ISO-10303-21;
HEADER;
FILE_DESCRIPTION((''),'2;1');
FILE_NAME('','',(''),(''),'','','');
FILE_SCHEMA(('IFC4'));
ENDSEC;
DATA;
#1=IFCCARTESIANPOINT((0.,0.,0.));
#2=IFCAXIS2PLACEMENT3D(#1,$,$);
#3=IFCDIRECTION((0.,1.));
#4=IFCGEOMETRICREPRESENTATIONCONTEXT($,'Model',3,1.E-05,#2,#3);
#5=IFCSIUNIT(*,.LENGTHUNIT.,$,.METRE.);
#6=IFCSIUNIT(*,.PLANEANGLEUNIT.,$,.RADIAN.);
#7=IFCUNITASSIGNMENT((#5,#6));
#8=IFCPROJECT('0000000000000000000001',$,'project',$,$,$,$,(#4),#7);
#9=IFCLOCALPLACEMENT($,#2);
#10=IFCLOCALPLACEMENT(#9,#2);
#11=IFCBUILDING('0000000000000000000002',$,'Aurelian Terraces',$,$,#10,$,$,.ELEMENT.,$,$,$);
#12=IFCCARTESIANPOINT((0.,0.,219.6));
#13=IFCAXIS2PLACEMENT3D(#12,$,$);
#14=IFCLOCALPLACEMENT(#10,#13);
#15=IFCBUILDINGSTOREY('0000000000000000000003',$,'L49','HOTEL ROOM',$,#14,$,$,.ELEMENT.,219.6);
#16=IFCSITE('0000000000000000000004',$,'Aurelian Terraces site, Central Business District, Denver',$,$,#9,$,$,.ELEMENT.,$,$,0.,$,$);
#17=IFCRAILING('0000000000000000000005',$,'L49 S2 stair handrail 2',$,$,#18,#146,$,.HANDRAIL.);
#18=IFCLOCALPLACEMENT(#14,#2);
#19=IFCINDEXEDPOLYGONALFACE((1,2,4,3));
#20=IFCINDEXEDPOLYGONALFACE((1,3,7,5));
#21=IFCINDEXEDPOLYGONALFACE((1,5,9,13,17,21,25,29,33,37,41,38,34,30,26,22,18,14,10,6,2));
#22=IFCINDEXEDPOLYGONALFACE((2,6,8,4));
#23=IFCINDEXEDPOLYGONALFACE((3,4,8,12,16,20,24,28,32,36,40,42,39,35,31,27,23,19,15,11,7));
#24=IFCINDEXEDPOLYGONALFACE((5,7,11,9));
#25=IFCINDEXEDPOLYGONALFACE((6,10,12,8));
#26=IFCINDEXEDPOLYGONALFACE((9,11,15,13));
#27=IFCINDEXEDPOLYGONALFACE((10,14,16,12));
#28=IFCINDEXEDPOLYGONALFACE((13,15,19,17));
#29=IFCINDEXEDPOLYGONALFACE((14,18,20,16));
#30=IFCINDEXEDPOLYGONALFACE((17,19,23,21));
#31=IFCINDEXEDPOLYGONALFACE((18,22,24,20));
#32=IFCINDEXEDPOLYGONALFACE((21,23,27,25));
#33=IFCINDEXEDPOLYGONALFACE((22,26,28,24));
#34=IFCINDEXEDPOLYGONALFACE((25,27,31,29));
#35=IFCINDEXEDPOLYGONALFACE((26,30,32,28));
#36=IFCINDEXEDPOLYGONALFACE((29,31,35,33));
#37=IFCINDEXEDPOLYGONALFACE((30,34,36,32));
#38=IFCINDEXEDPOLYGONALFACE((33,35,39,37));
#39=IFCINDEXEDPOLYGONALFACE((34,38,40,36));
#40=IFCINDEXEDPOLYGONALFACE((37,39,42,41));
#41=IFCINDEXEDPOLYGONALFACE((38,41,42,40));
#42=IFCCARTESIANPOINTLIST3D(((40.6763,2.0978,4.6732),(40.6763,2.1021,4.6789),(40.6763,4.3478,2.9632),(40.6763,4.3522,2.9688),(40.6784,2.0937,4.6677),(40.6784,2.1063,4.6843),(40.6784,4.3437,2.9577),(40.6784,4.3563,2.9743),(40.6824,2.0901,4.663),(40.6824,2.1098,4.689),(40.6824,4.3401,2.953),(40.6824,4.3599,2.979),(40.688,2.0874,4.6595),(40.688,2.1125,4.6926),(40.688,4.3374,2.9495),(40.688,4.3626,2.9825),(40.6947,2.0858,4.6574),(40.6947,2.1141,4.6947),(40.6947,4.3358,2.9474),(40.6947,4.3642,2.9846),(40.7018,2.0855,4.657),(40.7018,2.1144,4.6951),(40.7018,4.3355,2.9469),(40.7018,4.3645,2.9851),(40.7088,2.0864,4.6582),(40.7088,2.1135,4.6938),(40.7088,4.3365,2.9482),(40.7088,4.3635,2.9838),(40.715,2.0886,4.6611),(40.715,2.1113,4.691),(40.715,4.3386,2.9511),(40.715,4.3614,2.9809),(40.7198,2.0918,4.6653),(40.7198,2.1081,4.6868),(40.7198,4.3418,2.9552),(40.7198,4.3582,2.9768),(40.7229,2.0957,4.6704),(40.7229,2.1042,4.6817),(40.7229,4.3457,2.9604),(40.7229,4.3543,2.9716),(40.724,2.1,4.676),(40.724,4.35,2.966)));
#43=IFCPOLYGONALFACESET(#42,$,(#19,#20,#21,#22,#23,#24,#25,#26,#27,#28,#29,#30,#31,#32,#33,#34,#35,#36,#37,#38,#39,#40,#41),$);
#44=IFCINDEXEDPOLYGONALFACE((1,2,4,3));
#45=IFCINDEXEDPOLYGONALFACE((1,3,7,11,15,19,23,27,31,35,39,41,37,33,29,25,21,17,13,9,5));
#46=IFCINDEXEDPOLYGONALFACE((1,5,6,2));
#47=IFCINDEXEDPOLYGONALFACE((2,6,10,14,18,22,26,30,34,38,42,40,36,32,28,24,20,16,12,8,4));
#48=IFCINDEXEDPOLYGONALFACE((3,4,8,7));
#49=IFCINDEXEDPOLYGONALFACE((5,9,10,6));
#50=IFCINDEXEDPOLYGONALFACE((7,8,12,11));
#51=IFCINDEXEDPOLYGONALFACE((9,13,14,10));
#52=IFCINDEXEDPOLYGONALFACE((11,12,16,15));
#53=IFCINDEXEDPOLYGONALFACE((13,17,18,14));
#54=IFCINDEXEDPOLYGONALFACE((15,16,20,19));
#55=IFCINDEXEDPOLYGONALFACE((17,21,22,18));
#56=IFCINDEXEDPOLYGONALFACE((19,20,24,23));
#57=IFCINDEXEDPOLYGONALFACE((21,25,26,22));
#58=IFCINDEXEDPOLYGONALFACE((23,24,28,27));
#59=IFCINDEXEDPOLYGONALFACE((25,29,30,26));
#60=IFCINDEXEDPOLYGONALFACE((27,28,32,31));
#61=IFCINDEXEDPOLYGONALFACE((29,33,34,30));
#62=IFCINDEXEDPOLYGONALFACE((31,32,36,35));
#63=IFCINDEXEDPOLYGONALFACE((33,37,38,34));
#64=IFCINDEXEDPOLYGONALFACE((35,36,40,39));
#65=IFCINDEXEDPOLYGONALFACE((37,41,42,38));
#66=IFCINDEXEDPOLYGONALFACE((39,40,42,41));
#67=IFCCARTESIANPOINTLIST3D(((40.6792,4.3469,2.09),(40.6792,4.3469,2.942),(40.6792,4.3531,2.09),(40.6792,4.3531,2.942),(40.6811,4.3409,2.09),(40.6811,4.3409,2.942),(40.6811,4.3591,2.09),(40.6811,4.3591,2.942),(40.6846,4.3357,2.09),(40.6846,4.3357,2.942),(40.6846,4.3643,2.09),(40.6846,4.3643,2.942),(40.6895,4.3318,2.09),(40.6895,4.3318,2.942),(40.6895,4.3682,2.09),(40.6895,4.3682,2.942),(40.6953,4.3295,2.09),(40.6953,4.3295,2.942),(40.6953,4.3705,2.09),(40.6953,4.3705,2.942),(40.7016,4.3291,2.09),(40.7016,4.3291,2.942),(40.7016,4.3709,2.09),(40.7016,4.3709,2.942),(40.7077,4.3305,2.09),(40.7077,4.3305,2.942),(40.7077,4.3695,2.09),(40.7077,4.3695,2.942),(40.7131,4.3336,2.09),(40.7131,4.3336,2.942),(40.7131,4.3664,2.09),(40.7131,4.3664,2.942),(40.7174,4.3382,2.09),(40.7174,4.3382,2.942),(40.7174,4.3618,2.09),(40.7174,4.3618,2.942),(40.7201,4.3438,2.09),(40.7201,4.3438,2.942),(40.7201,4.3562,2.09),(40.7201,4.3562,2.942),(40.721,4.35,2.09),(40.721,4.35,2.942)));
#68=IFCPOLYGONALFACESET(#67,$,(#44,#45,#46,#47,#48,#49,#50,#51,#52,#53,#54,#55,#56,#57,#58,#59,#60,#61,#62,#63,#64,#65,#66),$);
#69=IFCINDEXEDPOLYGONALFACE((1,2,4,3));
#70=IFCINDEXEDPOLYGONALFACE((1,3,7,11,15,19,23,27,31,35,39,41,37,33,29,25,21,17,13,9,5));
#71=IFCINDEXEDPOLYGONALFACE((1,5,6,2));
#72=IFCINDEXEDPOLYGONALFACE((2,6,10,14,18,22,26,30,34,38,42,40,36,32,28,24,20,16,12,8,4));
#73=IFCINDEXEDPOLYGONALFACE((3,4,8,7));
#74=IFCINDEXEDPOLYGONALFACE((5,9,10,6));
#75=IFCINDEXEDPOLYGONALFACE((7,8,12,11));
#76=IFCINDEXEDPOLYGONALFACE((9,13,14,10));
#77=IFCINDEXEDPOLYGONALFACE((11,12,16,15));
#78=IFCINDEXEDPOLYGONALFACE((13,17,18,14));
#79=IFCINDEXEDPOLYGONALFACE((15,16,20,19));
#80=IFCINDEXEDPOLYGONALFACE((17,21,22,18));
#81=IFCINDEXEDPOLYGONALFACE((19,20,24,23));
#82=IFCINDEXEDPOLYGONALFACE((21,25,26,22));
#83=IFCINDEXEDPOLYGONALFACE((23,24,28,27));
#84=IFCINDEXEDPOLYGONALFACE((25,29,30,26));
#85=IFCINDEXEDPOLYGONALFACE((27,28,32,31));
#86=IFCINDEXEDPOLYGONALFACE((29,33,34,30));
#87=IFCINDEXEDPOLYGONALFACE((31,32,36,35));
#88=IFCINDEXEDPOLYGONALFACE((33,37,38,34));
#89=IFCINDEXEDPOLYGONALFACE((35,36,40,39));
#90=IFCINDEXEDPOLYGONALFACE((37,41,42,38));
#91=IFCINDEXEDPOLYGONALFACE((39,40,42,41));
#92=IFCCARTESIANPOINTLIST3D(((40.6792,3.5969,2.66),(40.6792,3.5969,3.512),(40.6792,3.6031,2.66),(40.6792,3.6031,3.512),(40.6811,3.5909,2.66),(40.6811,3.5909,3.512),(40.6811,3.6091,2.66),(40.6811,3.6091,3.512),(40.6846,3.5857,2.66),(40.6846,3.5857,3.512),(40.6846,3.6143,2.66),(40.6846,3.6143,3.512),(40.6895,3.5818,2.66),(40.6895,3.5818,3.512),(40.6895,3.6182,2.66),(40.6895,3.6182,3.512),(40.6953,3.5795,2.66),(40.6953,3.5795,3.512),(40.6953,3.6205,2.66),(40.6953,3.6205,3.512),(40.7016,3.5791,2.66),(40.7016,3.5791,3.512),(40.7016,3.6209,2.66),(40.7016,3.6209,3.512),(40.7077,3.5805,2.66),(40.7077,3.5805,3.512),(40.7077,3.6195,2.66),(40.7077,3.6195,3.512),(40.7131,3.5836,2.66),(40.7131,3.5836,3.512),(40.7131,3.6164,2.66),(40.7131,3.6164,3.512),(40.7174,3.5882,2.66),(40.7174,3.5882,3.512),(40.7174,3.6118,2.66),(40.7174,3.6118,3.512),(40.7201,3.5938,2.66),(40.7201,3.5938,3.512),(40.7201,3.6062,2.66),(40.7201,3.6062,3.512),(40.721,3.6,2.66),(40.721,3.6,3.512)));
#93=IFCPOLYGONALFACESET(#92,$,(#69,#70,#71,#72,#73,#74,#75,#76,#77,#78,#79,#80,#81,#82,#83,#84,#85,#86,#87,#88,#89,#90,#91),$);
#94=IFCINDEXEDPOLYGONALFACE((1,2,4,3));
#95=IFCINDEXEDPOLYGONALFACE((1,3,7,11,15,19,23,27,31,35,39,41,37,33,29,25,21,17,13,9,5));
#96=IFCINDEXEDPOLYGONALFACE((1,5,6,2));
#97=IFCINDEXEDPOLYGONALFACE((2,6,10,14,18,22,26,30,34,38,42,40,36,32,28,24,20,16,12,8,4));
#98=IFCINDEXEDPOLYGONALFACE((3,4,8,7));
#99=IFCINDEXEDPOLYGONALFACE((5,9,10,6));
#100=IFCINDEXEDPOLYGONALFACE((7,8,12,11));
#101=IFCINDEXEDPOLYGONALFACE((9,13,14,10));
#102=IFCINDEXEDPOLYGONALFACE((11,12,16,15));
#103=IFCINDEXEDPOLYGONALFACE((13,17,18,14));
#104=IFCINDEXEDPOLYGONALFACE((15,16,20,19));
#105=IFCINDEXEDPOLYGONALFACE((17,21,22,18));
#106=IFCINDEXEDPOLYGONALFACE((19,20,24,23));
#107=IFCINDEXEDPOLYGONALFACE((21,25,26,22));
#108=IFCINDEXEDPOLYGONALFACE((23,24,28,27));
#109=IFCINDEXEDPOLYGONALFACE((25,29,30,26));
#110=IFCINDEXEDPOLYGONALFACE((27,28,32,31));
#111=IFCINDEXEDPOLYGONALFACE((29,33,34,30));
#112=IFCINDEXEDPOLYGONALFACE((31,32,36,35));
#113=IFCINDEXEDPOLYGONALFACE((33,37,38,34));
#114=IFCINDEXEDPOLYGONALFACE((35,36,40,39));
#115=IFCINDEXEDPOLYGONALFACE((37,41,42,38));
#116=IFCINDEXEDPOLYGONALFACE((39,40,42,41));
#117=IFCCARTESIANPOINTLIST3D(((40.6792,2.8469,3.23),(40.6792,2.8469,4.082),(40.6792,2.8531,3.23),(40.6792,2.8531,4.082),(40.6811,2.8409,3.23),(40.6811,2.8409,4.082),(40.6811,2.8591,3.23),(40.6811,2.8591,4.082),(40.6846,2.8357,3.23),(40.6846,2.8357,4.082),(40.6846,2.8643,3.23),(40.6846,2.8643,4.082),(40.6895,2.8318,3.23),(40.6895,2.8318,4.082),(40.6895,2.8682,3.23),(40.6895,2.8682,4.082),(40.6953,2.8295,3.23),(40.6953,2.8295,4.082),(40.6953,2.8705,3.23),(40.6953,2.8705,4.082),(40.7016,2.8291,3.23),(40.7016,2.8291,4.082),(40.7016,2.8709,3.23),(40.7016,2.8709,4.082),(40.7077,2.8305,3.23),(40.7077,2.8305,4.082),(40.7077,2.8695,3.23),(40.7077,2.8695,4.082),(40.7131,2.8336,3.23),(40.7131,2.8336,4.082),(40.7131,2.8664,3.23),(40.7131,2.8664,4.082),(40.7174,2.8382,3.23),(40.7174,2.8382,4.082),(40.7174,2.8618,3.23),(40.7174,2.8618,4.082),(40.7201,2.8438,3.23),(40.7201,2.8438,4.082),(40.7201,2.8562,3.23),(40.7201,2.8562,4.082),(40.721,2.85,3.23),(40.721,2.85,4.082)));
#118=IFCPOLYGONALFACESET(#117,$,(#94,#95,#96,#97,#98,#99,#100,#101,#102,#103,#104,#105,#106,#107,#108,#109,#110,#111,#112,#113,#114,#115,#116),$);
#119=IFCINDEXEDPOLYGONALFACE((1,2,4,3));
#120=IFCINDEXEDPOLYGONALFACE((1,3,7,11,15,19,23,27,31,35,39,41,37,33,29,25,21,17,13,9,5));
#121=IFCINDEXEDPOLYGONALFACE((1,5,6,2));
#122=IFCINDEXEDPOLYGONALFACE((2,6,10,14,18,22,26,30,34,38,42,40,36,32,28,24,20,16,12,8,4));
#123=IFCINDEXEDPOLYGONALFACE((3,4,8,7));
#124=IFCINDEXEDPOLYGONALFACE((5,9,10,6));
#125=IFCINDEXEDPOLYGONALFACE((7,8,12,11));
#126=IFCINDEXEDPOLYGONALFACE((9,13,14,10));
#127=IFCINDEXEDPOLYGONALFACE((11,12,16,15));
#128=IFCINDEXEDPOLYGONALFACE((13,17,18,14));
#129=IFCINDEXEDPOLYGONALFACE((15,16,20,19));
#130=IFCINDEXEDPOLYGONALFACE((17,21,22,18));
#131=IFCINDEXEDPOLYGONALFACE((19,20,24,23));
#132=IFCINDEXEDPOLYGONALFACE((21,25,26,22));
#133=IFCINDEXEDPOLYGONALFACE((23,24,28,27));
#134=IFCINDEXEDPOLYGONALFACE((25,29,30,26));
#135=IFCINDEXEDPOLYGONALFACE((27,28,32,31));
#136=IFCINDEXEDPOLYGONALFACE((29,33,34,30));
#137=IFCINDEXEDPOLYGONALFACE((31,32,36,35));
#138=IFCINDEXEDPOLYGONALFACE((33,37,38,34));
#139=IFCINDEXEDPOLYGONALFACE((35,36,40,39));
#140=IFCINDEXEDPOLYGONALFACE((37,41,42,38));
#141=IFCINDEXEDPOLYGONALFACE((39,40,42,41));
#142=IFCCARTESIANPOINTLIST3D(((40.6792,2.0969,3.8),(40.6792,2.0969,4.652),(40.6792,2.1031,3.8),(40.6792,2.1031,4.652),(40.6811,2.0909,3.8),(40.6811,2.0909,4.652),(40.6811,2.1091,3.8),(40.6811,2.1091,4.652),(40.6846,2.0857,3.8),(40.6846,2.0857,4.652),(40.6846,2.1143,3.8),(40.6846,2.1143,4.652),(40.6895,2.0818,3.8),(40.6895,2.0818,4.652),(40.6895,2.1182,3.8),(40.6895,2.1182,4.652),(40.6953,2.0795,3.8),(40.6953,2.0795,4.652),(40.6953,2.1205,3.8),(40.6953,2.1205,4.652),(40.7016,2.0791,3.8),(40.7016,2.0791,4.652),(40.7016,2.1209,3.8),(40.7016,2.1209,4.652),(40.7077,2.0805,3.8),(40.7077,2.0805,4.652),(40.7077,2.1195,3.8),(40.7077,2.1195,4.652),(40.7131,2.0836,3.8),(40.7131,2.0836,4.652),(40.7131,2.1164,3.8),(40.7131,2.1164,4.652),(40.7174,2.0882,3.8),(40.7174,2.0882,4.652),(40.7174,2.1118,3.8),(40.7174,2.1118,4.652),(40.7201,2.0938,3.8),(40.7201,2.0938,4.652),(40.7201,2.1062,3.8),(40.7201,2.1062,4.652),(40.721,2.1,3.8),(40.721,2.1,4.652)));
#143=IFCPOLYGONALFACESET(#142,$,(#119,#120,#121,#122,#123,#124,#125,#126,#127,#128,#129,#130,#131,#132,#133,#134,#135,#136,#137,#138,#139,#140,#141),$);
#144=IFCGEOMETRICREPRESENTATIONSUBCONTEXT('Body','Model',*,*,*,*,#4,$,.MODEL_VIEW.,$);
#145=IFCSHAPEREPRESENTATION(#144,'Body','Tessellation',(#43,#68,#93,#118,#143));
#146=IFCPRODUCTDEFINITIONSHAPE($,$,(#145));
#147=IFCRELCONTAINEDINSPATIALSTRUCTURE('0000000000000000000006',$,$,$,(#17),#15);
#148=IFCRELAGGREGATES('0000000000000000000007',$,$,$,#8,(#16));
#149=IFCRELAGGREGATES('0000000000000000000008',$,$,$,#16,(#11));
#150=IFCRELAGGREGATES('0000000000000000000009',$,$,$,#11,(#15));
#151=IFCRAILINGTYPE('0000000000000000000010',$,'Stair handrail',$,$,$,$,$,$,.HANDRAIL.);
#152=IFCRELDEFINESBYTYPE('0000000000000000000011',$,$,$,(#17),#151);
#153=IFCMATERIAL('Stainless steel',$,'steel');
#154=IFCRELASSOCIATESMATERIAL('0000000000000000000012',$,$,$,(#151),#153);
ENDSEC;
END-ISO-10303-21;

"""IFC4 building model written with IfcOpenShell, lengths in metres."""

from ifc_helpers import new_model, si_unit, direction, frame, origin, origin_2d, place, context, subcontext, project, spatial, circle, extrude, source, transform, mapped, material, type_object, element, save


model = new_model("IFC4")

# Units and contexts
model_context = context("Model", 3, precision=1e-05, world=origin(), true_north=direction((0.0, 1.0)))
body_context = subcontext(model_context, "Body", "Model", "MODEL_VIEW")
ifc_project = project(units=[si_unit("LENGTHUNIT", "METRE"), si_unit("PLANEANGLEUNIT", "RADIAN")], contexts=[model_context])

# Site, building, storey
site_placement = place(None, origin())
site = spatial("IfcSite", under=ifc_project, at=site_placement, Name="Aurelian Terraces site, Central Business District, Denver", CompositionType="ELEMENT", RefElevation=0.0)
building_placement = place(site_placement, origin())
building = spatial("IfcBuilding", under=site, at=building_placement, Name="Aurelian Terraces", CompositionType="ELEMENT")
storey_placement = place(building_placement, frame((0.0, 0.0, 219.6)))
storey = spatial("IfcBuildingStorey", under=building, at=storey_placement, Name="L49", Description="HOTEL ROOM", CompositionType="ELEMENT", Elevation=219.6)

# Railing
ifc_material_1 = material(Name="Stainless steel", Category="steel")
railing_type_1 = type_object("IfcRailingType", Name="Stair handrail", PredefinedType="HANDRAIL", material=ifc_material_1)
shared_shape_1 = source(origin(), body_context, "Body", "SweptSolid", [
    extrude(circle(Radius=0.024, at=origin_2d()), frame((0.0, 0.0, 0.876), z_axis=(0.0, -0.796162, 0.605083), x_axis=(1.0, 0.0, 0.0)), (0.0, 0.0, 1.0), 2.8261),
    extrude(circle(Radius=0.021, at=origin_2d()), origin(), (0.0, 0.0, 1.0), 0.852),
    extrude(circle(Radius=0.021, at=origin_2d()), frame((0.0, -0.75, 0.57)), (0.0, 0.0, 1.0), 0.852),
    extrude(circle(Radius=0.021, at=origin_2d()), frame((0.0, -1.5, 1.14)), (0.0, 0.0, 1.0), 0.852),
    extrude(circle(Radius=0.021, at=origin_2d()), frame((0.0, -2.25, 1.71)), (0.0, 0.0, 1.0), 0.852),
])
railing_1_placement = place(storey_placement, frame((40.7, 4.35, 2.09)))
element("IfcRailing", 1, at=railing_1_placement, inside=storey, type_object=railing_type_1, Name="L49 S2 stair handrail 2", PredefinedType="HANDRAIL", context=body_context, shape_type="MappedRepresentation", body=[
    mapped(shared_shape_1, transform((0.0, 0.0, 0.0), scale=1.0)),
])

save(model, "model.ifc")
